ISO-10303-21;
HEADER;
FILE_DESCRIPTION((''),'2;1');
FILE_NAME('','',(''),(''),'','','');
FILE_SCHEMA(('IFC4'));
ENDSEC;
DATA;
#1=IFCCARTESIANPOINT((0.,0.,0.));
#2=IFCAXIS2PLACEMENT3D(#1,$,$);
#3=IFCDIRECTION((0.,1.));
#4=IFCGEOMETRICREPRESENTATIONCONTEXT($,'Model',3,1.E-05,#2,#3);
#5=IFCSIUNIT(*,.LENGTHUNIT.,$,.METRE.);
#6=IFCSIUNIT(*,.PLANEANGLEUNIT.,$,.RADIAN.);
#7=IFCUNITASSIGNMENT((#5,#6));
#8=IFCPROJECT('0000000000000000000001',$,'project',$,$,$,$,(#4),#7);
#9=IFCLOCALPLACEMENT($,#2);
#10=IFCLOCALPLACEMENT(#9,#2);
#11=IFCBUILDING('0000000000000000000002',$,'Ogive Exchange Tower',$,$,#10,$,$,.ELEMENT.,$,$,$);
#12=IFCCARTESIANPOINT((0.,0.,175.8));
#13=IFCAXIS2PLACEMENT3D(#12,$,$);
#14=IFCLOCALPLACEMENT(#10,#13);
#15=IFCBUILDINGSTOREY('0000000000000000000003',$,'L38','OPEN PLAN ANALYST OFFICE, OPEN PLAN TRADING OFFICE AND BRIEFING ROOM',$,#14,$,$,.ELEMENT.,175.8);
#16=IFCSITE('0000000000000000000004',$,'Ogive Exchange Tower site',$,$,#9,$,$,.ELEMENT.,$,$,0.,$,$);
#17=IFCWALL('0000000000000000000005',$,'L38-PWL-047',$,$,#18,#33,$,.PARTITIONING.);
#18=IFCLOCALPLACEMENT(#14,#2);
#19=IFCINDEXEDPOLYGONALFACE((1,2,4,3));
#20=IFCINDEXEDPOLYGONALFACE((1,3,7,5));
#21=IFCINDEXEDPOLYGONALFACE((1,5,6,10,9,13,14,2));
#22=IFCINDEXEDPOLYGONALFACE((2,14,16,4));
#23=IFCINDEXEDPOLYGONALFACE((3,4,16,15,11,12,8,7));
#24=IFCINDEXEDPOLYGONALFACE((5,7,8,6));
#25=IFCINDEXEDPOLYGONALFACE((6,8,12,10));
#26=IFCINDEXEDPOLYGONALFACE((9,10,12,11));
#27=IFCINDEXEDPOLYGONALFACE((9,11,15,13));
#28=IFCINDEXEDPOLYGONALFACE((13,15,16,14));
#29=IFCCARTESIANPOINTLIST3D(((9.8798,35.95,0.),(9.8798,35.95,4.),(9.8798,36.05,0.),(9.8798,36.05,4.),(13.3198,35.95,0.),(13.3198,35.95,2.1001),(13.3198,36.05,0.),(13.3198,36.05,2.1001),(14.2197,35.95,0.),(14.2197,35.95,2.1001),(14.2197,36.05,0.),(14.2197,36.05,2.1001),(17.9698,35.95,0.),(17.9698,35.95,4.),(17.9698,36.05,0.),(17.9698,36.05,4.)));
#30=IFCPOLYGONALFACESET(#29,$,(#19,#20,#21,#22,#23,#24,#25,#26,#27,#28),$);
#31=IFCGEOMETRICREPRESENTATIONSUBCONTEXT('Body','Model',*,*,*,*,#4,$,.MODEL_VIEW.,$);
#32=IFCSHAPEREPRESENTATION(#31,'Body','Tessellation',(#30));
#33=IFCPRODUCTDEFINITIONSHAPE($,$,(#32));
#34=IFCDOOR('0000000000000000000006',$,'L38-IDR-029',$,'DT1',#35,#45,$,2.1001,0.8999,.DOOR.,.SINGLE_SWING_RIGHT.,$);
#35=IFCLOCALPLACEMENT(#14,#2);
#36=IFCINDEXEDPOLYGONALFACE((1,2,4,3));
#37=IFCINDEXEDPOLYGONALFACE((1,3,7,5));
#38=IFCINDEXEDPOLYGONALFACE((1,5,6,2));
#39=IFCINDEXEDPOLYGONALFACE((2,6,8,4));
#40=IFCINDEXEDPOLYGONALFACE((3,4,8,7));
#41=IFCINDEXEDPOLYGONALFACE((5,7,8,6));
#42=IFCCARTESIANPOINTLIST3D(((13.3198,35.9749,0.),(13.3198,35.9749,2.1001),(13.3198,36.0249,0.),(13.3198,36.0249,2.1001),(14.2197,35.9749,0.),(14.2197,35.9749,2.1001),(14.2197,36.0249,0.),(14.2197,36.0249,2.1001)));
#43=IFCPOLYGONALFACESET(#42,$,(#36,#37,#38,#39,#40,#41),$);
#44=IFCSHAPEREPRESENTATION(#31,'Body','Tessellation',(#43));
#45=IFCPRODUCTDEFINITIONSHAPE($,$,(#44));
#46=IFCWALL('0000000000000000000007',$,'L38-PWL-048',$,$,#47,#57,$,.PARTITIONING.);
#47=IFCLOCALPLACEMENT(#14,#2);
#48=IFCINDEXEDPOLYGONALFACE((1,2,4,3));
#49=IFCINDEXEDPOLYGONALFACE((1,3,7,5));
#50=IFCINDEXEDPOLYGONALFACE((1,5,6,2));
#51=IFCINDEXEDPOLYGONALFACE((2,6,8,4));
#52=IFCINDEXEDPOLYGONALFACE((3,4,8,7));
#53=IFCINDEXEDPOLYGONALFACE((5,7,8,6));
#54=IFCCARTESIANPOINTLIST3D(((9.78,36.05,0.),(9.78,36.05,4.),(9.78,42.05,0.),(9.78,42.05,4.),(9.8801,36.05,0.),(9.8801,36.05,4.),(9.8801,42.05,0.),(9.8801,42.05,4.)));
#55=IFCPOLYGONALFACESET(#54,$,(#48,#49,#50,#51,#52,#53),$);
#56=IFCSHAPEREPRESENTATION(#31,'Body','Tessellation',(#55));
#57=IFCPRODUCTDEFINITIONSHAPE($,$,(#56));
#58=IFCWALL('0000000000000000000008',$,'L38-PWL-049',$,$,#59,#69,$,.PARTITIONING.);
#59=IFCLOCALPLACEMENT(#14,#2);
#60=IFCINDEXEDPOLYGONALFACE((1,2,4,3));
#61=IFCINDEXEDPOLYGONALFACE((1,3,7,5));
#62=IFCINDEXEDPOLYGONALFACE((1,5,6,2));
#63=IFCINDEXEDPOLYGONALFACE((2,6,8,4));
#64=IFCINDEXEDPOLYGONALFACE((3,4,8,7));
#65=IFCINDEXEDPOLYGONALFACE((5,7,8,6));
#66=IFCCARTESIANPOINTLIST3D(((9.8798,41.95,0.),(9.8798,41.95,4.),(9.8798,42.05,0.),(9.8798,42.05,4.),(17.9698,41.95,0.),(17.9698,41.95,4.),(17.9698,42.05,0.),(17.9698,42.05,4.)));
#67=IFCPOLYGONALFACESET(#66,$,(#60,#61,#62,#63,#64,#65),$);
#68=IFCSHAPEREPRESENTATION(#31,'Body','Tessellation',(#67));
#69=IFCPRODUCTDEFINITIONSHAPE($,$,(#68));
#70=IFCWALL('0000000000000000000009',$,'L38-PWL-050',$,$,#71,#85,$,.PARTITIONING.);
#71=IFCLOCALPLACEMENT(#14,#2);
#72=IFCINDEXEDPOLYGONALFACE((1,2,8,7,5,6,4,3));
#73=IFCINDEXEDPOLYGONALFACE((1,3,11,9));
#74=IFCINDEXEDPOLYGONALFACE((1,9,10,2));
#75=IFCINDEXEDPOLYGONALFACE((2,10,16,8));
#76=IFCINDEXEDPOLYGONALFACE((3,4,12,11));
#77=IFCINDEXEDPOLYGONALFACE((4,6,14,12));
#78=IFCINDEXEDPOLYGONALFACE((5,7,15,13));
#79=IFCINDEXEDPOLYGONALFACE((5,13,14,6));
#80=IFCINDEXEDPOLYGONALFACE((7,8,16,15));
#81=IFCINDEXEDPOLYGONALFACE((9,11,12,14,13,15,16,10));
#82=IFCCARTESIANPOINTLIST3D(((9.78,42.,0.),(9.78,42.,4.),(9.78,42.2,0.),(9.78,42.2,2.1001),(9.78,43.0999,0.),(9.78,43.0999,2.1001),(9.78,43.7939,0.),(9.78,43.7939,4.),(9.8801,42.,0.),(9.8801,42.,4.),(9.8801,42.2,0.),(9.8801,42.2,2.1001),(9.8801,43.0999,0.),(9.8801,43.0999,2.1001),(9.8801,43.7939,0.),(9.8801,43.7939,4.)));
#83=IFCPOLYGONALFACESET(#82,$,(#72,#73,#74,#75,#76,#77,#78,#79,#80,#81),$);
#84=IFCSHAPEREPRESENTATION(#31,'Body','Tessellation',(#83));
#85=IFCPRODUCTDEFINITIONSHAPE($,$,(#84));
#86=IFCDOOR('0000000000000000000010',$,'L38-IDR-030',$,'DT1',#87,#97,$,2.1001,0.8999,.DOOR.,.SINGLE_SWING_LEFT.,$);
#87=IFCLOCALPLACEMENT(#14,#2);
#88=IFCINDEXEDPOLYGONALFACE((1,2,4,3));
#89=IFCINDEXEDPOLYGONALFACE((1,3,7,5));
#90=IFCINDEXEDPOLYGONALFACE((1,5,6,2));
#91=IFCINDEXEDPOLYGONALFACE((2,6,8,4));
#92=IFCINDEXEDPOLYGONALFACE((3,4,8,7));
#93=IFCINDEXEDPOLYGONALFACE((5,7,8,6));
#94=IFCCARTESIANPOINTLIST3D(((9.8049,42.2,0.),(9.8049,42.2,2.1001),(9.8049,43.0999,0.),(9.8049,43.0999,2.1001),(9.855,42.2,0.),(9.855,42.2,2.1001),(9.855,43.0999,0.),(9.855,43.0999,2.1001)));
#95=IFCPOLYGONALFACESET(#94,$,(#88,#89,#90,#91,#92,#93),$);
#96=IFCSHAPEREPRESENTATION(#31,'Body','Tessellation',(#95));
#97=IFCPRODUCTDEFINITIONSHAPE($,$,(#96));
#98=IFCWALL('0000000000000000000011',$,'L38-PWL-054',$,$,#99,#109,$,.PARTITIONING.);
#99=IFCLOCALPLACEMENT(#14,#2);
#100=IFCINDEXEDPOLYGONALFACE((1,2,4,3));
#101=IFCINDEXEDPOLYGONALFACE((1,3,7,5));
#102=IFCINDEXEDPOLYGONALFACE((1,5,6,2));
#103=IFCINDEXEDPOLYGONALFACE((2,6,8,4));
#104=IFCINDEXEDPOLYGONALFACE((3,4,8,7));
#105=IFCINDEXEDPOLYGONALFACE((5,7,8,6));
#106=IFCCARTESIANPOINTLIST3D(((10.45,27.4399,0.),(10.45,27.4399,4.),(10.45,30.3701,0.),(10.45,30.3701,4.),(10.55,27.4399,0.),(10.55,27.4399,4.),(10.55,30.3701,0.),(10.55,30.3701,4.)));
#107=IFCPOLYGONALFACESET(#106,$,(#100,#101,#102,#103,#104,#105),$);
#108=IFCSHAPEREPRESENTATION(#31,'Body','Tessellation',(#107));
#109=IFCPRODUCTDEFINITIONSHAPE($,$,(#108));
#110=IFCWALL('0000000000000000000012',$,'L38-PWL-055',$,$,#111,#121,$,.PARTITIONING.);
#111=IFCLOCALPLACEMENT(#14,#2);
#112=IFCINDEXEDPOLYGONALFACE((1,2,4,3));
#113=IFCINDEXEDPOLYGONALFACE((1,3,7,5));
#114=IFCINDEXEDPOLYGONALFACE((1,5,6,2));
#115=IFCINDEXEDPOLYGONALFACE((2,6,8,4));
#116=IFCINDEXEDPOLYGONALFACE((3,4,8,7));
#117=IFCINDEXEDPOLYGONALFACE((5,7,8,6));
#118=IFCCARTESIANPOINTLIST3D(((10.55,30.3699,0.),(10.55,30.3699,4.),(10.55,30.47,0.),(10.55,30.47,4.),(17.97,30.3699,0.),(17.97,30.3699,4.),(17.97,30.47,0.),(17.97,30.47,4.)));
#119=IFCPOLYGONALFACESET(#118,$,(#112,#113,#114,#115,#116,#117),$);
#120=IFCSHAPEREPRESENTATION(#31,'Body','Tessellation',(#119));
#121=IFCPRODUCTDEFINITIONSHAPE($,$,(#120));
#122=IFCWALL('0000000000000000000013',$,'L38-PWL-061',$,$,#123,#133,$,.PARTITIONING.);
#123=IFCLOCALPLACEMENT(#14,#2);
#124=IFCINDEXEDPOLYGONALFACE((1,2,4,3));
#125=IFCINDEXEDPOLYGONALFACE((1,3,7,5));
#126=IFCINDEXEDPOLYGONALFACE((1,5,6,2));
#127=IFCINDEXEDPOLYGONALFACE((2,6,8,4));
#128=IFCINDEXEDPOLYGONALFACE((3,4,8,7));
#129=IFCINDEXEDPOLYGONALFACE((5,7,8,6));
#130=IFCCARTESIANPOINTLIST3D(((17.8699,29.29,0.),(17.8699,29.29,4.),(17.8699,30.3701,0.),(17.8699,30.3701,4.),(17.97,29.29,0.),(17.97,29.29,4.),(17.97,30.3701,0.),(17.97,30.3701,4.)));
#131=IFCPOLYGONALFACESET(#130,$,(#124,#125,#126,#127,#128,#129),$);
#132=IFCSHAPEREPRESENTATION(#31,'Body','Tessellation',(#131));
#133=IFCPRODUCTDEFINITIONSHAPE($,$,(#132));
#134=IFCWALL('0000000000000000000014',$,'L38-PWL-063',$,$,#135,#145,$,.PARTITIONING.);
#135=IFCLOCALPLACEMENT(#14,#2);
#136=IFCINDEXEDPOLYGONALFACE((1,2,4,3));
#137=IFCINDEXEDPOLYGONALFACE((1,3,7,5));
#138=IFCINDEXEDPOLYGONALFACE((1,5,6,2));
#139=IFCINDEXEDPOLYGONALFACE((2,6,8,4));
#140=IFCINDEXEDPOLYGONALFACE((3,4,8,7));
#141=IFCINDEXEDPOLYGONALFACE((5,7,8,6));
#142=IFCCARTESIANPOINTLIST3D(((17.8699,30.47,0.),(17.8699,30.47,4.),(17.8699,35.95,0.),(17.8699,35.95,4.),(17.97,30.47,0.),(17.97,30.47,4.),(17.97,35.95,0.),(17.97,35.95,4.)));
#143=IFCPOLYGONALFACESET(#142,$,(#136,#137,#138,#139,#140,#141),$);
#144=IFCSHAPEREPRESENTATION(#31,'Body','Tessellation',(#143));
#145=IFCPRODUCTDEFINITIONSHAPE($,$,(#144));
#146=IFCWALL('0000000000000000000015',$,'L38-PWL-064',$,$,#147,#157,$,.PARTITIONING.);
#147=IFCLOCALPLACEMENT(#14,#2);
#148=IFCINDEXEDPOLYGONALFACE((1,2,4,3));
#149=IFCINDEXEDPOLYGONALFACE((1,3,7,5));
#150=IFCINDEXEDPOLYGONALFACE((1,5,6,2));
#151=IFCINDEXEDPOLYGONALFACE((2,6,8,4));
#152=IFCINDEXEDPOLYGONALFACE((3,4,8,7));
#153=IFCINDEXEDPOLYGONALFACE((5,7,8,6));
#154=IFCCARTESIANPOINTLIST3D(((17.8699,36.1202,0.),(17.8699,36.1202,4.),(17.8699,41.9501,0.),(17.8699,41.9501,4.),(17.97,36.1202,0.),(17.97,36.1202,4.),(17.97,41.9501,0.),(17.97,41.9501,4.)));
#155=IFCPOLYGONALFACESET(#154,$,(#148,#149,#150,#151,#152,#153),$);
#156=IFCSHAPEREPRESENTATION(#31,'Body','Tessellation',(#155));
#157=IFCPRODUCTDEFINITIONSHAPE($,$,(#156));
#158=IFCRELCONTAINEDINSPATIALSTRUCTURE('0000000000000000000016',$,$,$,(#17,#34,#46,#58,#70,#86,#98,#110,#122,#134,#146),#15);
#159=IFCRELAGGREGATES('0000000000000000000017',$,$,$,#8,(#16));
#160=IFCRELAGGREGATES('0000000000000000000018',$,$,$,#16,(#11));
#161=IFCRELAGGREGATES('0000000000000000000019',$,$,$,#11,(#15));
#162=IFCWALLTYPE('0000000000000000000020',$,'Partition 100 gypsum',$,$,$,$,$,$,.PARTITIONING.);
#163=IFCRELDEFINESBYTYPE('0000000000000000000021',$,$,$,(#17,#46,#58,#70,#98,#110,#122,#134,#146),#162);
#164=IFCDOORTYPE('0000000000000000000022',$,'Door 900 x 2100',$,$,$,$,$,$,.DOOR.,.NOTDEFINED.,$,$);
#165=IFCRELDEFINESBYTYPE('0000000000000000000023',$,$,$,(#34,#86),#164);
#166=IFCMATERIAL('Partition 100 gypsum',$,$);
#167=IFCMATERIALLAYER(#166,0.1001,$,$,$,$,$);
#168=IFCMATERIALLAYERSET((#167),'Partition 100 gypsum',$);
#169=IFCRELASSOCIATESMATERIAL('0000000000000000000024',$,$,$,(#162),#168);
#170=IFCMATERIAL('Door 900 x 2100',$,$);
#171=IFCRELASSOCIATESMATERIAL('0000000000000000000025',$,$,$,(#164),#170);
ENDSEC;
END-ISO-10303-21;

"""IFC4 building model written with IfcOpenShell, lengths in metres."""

from ifc_helpers import new_model, si_unit, direction, frame, frame_2d, origin, place, context, subcontext, project, spatial, rectangle, extrude, material, layer, layer_set, type_object, element, fill, save


model = new_model("IFC4")

# Units and contexts
model_context = context("Model", 3, precision=1e-05, world=origin(), true_north=direction((0.0, 1.0)))
body_context = subcontext(model_context, "Body", "Model", "MODEL_VIEW")
ifc_project = project(units=[si_unit("LENGTHUNIT", "METRE"), si_unit("PLANEANGLEUNIT", "RADIAN")], contexts=[model_context])

# Site, building, storey
site_placement = place(None, origin())
site = spatial("IfcSite", under=ifc_project, at=site_placement, Name="Ogive Exchange Tower site", CompositionType="ELEMENT", RefElevation=0.0)
building_placement = place(site_placement, origin())
building = spatial("IfcBuilding", under=site, at=building_placement, Name="Ogive Exchange Tower", CompositionType="ELEMENT")
storey_placement = place(building_placement, frame((0.0, 0.0, 175.8)))
storey = spatial("IfcBuildingStorey", under=building, at=storey_placement, Name="L38", Description="OPEN PLAN ANALYST OFFICE, OPEN PLAN TRADING OFFICE AND BRIEFING ROOM", CompositionType="ELEMENT", Elevation=175.8)

# Shared definitions
ifc_material_1 = material(Name="Partition 100 gypsum")
ifc_layer_1 = layer(ifc_material_1, 0.1001)
ifc_layer_set_1 = layer_set([ifc_layer_1], Name="Partition 100 gypsum")
wall_type_1 = type_object("IfcWallType", Name="Partition 100 gypsum", PredefinedType="PARTITIONING", material=ifc_layer_set_1)

# Wall, opening, door
wall_1_placement = place(storey_placement, frame((9.8799, 36.0, 0.0), z_axis=(0.0, 0.0, 1.0), x_axis=(1.0, 0.0, 0.0)))
wall_1 = element("IfcWall", 1, at=wall_1_placement, inside=storey, type_object=wall_type_1, Name="L38-PWL-047", PredefinedType="PARTITIONING", context=body_context, shape_type="SweptSolid", body=[
    extrude(rectangle(XDim=8.0901, YDim=0.1001, at=frame_2d((4.0449, 0.0))), origin(), (0.0, 0.0, 1.0), 4.0),
])
opening_1_placement = place(wall_1_placement, frame((3.4399, 0.0, 0.0)))
opening_1 = element("IfcOpeningElement", 2, at=opening_1_placement, cuts=wall_1, PredefinedType="OPENING", context=body_context, shape_type="SweptSolid", body=[
    extrude(rectangle(XDim=0.8999, YDim=2.1001, at=frame_2d((0.45, 1.05))), frame((0.0, 0.0601, 0.0), z_axis=(0.0, -1.0, 0.0), x_axis=(1.0, 0.0, 0.0)), (0.0, 0.0, 1.0), 0.1201),
])
ifc_material_2 = material(Name="Door 900 x 2100")
door_type_1 = type_object("IfcDoorType", Name="Door 900 x 2100", OperationType="NOTDEFINED", PredefinedType="DOOR", material=ifc_material_2)
door_1_placement = place(opening_1_placement, origin())
door_1 = element("IfcDoor", 3, at=door_1_placement, inside=storey, type_object=door_type_1, Name="L38-IDR-029", ObjectType="DT1", OperationType="SINGLE_SWING_RIGHT", OverallHeight=2.1001, OverallWidth=0.8999, PredefinedType="DOOR", context=body_context, shape_type="SweptSolid", body=[
    extrude(rectangle(XDim=0.8999, YDim=2.1001, at=frame_2d((0.45, 1.05))), frame((0.0, 0.0249, 0.0), z_axis=(0.0, -1.0, 0.0), x_axis=(1.0, 0.0, 0.0)), (0.0, 0.0, 1.0), 0.05),
])
fill(opening_1, door_1)

# Walls
wall_2_placement = place(storey_placement, frame((9.8301, 42.05, 0.0), z_axis=(0.0, 0.0, 1.0), x_axis=(0.0, -1.0, 0.0)))
element("IfcWall", 4, at=wall_2_placement, inside=storey, type_object=wall_type_1, Name="L38-PWL-048", PredefinedType="PARTITIONING", context=body_context, shape_type="SweptSolid", body=[
    extrude(rectangle(XDim=6.0, YDim=0.1001, at=frame_2d((3.0, 0.0))), origin(), (0.0, 0.0, 1.0), 4.0),
])
wall_3_placement = place(storey_placement, frame((9.8799, 42.0, 0.0), z_axis=(0.0, 0.0, 1.0), x_axis=(1.0, 0.0, 0.0)))
element("IfcWall", 5, at=wall_3_placement, inside=storey, type_object=wall_type_1, Name="L38-PWL-049", PredefinedType="PARTITIONING", context=body_context, shape_type="SweptSolid", body=[
    extrude(rectangle(XDim=8.0901, YDim=0.1001, at=frame_2d((4.0449, 0.0))), origin(), (0.0, 0.0, 1.0), 4.0),
])

# Wall, opening, door
wall_4_placement = place(storey_placement, frame((9.8301, 43.7939, 0.0), z_axis=(0.0, 0.0, 1.0), x_axis=(0.0, -1.0, 0.0)))
wall_4 = element("IfcWall", 6, at=wall_4_placement, inside=storey, type_object=wall_type_1, Name="L38-PWL-050", PredefinedType="PARTITIONING", context=body_context, shape_type="SweptSolid", body=[
    extrude(rectangle(XDim=1.7939, YDim=0.1001, at=frame_2d((0.897, 0.0))), origin(), (0.0, 0.0, 1.0), 4.0),
])
opening_2_placement = place(wall_4_placement, frame((0.6941, 0.0, 0.0)))
opening_2 = element("IfcOpeningElement", 7, at=opening_2_placement, cuts=wall_4, PredefinedType="OPENING", context=body_context, shape_type="SweptSolid", body=[
    extrude(rectangle(XDim=0.8999, YDim=2.1001, at=frame_2d((0.45, 1.05))), frame((0.0, 0.0601, 0.0), z_axis=(0.0, -1.0, 0.0), x_axis=(1.0, 0.0, 0.0)), (0.0, 0.0, 1.0), 0.1201),
])
door_2_placement = place(opening_2_placement, origin())
door_2 = element("IfcDoor", 8, at=door_2_placement, inside=storey, type_object=door_type_1, Name="L38-IDR-030", ObjectType="DT1", OperationType="SINGLE_SWING_LEFT", OverallHeight=2.1001, OverallWidth=0.8999, PredefinedType="DOOR", context=body_context, shape_type="SweptSolid", body=[
    extrude(rectangle(XDim=0.8999, YDim=2.1001, at=frame_2d((0.45, 1.05))), frame((0.0, 0.0249, 0.0), z_axis=(0.0, -1.0, 0.0), x_axis=(1.0, 0.0, 0.0)), (0.0, 0.0, 1.0), 0.05),
])
fill(opening_2, door_2)

# Walls
wall_5_placement = place(storey_placement, frame((10.5, 30.3701, 0.0), z_axis=(0.0, 0.0, 1.0), x_axis=(0.0, -1.0, 0.0)))
element("IfcWall", 9, at=wall_5_placement, inside=storey, type_object=wall_type_1, Name="L38-PWL-054", PredefinedType="PARTITIONING", context=body_context, shape_type="SweptSolid", body=[
    extrude(rectangle(XDim=2.9302, YDim=0.1001, at=frame_2d((1.4651, 0.0))), origin(), (0.0, 0.0, 1.0), 4.0),
])
wall_6_placement = place(storey_placement, frame((10.55, 30.4199, 0.0), z_axis=(0.0, 0.0, 1.0), x_axis=(1.0, 0.0, 0.0)))
element("IfcWall", 10, at=wall_6_placement, inside=storey, type_object=wall_type_1, Name="L38-PWL-055", PredefinedType="PARTITIONING", context=body_context, shape_type="SweptSolid", body=[
    extrude(rectangle(XDim=7.4199, YDim=0.1001, at=frame_2d((3.71, 0.0))), origin(), (0.0, 0.0, 1.0), 4.0),
])
wall_7_placement = place(storey_placement, frame((17.9199, 29.29, 0.0), z_axis=(0.0, 0.0, 1.0), x_axis=(0.0, 1.0, 0.0)))
element("IfcWall", 11, at=wall_7_placement, inside=storey, type_object=wall_type_1, Name="L38-PWL-061", PredefinedType="PARTITIONING", context=body_context, shape_type="SweptSolid", body=[
    extrude(rectangle(XDim=1.0801, YDim=0.1001, at=frame_2d((0.54, 0.0))), origin(), (0.0, 0.0, 1.0), 4.0),
])
wall_8_placement = place(storey_placement, frame((17.9199, 30.47, 0.0), z_axis=(0.0, 0.0, 1.0), x_axis=(0.0, 1.0, 0.0)))
element("IfcWall", 12, at=wall_8_placement, inside=storey, type_object=wall_type_1, Name="L38-PWL-063", PredefinedType="PARTITIONING", context=body_context, shape_type="SweptSolid", body=[
    extrude(rectangle(XDim=5.48, YDim=0.1001, at=frame_2d((2.74, 0.0))), origin(), (0.0, 0.0, 1.0), 4.0),
])
wall_9_placement = place(storey_placement, frame((17.9199, 36.1201, 0.0), z_axis=(0.0, 0.0, 1.0), x_axis=(0.0, 1.0, 0.0)))
element("IfcWall", 13, at=wall_9_placement, inside=storey, type_object=wall_type_1, Name="L38-PWL-064", PredefinedType="PARTITIONING", context=body_context, shape_type="SweptSolid", body=[
    extrude(rectangle(XDim=5.8298, YDim=0.1001, at=frame_2d((2.915, 0.0))), origin(), (0.0, 0.0, 1.0), 4.0),
])

save(model, "model.ifc")
